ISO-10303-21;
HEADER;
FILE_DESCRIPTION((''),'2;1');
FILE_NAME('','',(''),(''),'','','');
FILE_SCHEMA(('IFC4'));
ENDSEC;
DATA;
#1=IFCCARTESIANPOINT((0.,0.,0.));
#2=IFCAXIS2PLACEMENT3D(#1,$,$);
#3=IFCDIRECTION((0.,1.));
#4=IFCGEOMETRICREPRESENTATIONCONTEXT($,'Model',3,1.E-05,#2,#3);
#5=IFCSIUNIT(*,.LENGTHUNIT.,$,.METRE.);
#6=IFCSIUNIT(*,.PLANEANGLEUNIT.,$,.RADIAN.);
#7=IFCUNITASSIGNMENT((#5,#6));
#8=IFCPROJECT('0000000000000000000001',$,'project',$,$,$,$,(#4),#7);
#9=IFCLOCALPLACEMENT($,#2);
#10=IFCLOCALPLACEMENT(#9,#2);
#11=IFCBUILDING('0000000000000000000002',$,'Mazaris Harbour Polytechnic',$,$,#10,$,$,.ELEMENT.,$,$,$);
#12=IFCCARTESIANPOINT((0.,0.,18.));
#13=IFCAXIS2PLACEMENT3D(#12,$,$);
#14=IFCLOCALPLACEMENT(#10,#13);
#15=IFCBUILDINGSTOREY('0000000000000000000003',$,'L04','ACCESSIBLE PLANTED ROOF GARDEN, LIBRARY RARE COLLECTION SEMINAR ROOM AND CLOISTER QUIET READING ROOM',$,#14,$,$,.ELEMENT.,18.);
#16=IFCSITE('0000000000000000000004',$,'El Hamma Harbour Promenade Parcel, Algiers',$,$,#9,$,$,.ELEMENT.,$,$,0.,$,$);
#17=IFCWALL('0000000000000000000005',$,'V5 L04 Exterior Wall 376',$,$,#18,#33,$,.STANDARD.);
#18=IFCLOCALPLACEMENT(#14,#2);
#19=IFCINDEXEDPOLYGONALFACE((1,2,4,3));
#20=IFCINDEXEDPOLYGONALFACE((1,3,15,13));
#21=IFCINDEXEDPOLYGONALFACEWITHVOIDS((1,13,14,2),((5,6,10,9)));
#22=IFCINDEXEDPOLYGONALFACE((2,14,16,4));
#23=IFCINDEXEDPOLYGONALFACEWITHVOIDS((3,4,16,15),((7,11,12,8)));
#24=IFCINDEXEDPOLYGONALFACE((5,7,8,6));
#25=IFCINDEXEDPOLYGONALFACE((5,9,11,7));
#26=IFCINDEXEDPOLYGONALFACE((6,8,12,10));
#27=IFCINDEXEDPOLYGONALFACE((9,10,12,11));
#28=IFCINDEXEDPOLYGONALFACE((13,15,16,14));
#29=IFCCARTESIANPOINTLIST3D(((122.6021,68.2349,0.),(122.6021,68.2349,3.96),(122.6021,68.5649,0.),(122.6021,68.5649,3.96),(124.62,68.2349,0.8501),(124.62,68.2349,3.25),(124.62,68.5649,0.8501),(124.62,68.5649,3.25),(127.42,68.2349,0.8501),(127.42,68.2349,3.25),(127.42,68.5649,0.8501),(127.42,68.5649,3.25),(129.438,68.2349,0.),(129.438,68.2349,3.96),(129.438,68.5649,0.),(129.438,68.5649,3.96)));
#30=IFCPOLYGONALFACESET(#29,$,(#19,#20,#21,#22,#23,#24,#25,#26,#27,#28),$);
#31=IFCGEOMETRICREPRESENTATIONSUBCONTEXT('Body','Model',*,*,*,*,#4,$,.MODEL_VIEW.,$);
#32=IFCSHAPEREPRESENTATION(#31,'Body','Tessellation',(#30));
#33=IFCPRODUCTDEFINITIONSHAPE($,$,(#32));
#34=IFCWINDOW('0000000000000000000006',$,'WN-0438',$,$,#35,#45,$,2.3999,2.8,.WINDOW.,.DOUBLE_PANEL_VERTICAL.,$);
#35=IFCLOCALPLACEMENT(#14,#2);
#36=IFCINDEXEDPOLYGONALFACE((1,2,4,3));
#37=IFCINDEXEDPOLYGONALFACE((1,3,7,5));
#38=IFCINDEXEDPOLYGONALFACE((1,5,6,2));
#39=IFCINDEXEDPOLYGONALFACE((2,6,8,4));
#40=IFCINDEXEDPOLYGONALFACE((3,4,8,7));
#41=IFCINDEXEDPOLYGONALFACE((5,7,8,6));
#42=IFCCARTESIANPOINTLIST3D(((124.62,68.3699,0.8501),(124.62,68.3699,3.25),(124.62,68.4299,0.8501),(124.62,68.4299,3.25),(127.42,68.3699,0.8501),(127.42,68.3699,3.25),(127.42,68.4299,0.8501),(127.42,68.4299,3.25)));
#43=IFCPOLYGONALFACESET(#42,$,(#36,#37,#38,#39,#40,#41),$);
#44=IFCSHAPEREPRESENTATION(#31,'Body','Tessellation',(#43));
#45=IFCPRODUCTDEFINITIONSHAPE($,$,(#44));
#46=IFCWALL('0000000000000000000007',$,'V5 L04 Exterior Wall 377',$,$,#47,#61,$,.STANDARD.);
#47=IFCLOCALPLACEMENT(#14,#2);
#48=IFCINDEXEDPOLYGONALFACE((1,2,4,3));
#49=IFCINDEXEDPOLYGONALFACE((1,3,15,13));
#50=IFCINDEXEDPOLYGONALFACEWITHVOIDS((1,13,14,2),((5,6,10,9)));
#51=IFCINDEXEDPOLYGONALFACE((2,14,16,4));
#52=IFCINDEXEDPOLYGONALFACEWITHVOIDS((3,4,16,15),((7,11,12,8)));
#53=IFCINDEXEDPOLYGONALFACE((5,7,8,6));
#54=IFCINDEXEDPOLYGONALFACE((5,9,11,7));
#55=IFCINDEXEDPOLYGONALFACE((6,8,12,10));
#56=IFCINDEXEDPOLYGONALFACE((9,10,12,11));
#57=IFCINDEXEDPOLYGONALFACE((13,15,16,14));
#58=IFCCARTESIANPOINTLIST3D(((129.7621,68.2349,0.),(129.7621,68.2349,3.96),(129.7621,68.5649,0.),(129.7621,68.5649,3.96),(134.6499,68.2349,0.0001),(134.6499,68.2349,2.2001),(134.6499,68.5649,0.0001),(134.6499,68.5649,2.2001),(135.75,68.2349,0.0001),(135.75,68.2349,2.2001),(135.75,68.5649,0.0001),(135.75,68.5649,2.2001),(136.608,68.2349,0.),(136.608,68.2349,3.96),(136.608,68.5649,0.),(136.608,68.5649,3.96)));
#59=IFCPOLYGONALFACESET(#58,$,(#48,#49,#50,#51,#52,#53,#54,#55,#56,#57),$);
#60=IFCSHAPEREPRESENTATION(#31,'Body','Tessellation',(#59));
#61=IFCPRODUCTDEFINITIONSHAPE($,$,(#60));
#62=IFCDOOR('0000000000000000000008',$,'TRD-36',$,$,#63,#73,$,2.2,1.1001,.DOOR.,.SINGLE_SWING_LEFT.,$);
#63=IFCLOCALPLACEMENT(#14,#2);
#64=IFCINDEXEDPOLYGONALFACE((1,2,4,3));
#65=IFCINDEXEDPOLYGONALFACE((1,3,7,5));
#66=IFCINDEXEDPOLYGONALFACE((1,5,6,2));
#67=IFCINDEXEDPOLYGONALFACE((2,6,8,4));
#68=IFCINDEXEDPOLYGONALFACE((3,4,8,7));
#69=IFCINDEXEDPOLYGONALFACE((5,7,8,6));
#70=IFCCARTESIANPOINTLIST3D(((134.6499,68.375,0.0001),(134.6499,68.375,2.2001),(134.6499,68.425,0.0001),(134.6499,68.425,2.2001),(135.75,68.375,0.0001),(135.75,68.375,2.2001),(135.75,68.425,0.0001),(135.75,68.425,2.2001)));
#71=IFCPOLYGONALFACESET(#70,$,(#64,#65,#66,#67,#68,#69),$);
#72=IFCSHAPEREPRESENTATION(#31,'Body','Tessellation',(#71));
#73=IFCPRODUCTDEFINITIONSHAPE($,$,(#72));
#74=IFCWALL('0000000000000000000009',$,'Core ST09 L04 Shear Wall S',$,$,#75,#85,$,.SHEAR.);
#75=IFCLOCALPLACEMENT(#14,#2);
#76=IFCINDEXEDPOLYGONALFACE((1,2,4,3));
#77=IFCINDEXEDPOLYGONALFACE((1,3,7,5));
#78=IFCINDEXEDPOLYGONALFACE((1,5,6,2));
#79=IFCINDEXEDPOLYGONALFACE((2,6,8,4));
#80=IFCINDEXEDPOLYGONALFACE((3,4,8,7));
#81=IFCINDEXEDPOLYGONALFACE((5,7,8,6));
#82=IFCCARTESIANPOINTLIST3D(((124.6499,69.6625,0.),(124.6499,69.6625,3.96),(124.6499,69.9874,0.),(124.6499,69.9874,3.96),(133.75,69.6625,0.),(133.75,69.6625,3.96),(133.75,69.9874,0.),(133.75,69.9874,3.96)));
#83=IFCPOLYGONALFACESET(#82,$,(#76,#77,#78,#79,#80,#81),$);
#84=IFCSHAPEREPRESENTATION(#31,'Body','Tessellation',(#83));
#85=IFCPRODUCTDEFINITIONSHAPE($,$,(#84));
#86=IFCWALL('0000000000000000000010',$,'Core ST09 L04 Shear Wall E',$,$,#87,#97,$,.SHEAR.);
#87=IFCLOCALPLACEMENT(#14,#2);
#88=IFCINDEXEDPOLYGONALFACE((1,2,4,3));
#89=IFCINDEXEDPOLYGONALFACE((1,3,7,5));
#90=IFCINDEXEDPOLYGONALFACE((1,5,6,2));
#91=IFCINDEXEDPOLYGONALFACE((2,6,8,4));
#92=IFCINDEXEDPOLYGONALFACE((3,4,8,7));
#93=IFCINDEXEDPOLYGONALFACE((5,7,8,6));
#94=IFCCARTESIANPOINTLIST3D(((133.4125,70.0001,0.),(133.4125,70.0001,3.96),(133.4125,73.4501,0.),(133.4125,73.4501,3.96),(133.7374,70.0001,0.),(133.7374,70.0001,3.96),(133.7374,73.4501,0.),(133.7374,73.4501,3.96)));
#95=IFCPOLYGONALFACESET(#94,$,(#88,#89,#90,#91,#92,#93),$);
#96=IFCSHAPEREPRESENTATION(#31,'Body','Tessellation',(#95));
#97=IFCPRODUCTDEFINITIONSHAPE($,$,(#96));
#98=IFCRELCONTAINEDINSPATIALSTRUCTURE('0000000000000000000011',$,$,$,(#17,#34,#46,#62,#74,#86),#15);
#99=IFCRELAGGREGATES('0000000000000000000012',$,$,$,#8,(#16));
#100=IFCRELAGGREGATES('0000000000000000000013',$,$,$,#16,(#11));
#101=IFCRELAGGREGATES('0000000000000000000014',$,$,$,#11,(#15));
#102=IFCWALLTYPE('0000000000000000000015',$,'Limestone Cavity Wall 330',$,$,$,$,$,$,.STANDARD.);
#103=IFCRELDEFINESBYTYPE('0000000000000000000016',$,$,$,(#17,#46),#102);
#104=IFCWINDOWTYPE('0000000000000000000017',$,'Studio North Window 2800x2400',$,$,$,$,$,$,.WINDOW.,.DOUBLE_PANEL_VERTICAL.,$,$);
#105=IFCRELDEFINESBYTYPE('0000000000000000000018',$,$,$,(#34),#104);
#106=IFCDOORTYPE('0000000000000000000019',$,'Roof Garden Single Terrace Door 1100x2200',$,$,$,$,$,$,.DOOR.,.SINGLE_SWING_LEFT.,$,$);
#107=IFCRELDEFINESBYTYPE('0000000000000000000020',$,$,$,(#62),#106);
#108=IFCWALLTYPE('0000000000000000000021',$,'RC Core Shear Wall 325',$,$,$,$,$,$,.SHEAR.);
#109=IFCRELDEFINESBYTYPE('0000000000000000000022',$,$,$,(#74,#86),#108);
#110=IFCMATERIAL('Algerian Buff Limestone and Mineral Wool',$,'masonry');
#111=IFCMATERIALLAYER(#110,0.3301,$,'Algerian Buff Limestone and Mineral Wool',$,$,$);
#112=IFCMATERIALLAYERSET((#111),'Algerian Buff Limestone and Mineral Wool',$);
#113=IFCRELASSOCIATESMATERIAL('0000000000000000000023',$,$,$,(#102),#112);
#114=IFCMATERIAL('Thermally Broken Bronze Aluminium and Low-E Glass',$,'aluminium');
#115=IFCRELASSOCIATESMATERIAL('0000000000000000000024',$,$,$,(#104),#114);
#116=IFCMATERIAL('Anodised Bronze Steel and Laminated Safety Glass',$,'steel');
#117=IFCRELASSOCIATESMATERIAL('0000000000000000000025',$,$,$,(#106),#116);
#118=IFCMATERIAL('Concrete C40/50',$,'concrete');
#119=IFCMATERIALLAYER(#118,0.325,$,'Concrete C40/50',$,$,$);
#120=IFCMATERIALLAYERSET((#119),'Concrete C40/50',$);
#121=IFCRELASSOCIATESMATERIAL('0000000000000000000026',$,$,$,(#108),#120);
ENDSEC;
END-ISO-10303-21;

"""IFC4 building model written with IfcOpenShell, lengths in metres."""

from ifc_helpers import new_model, si_unit, direction, frame, frame_2d, origin, place, context, subcontext, project, spatial, rectangle, extrude, material, layer, layer_set, type_object, element, fill, save


model = new_model("IFC4")

# Units and contexts
model_context = context("Model", 3, precision=1e-05, world=origin(), true_north=direction((0.0, 1.0)))
body_context = subcontext(model_context, "Body", "Model", "MODEL_VIEW")
ifc_project = project(units=[si_unit("LENGTHUNIT", "METRE"), si_unit("PLANEANGLEUNIT", "RADIAN")], contexts=[model_context])

# Site, building, storey
site_placement = place(None, origin())
site = spatial("IfcSite", under=ifc_project, at=site_placement, Name="El Hamma Harbour Promenade Parcel, Algiers", CompositionType="ELEMENT", RefElevation=0.0)
building_placement = place(site_placement, origin())
building = spatial("IfcBuilding", under=site, at=building_placement, Name="Mazaris Harbour Polytechnic", CompositionType="ELEMENT")
storey_placement = place(building_placement, frame((0.0, 0.0, 18.0)))
storey = spatial("IfcBuildingStorey", under=building, at=storey_placement, Name="L04", Description="ACCESSIBLE PLANTED ROOF GARDEN, LIBRARY RARE COLLECTION SEMINAR ROOM AND CLOISTER QUIET READING ROOM", CompositionType="ELEMENT", Elevation=18.0)

# Wall, opening, window
ifc_material_1 = material(Name="Algerian Buff Limestone and Mineral Wool", Category="masonry")
ifc_layer_1 = layer(ifc_material_1, 0.3301, Name="Algerian Buff Limestone and Mineral Wool")
ifc_layer_set_1 = layer_set([ifc_layer_1], Name="Algerian Buff Limestone and Mineral Wool")
wall_type_1 = type_object("IfcWallType", Name="Limestone Cavity Wall 330", PredefinedType="STANDARD", material=ifc_layer_set_1)
wall_1_placement = place(storey_placement, frame((129.438, 68.3999, 0.0), z_axis=(0.0, 0.0, 1.0), x_axis=(-1.0, 0.0, 0.0)))
wall_1 = element("IfcWall", 1, at=wall_1_placement, inside=storey, type_object=wall_type_1, Name="V5 L04 Exterior Wall 376", PredefinedType="STANDARD", context=body_context, shape_type="SweptSolid", body=[
    extrude(rectangle(XDim=6.8359, YDim=0.3301, at=frame_2d((3.418, 0.0))), origin(), (0.0, 0.0, 1.0), 3.96),
])
opening_1_placement = place(wall_1_placement, frame((2.0181, 0.0, 0.8501)))
opening_1 = element("IfcOpeningElement", 2, at=opening_1_placement, cuts=wall_1, PredefinedType="OPENING", context=body_context, shape_type="SweptSolid", body=[
    extrude(rectangle(XDim=2.8, YDim=2.3999, at=frame_2d((1.3999, 1.2))), frame((0.0, 0.175, 0.0), z_axis=(0.0, -1.0, 0.0), x_axis=(1.0, 0.0, 0.0)), (0.0, 0.0, 1.0), 0.3501),
])
ifc_material_2 = material(Name="Thermally Broken Bronze Aluminium and Low-E Glass", Category="aluminium")
window_type = type_object("IfcWindowType", Name="Studio North Window 2800x2400", PartitioningType="DOUBLE_PANEL_VERTICAL", PredefinedType="WINDOW", material=ifc_material_2)
window_placement = place(opening_1_placement, origin())
window = element("IfcWindow", 3, at=window_placement, inside=storey, type_object=window_type, Name="WN-0438", OverallHeight=2.3999, OverallWidth=2.8, PartitioningType="DOUBLE_PANEL_VERTICAL", PredefinedType="WINDOW", context=body_context, shape_type="SweptSolid", body=[
    extrude(rectangle(XDim=2.8, YDim=2.3999, at=frame_2d((1.3999, 1.2))), frame((0.0, 0.03, 0.0), z_axis=(0.0, -1.0, 0.0), x_axis=(1.0, 0.0, 0.0)), (0.0, 0.0, 1.0), 0.0601),
])
fill(opening_1, window)

# Wall, opening, door
wall_2_placement = place(storey_placement, frame((136.6079, 68.3999, 0.0), z_axis=(0.0, 0.0, 1.0), x_axis=(-1.0, 0.0, 0.0)))
wall_2 = element("IfcWall", 4, at=wall_2_placement, inside=storey, type_object=wall_type_1, Name="V5 L04 Exterior Wall 377", PredefinedType="STANDARD", context=body_context, shape_type="SweptSolid", body=[
    extrude(rectangle(XDim=6.8459, YDim=0.3301, at=frame_2d((3.4229, 0.0))), origin(), (0.0, 0.0, 1.0), 3.96),
])
opening_2_placement = place(wall_2_placement, frame((0.8579, 0.0, 0.0)))
opening_2 = element("IfcOpeningElement", 5, at=opening_2_placement, cuts=wall_2, PredefinedType="OPENING", context=body_context, shape_type="SweptSolid", body=[
    extrude(rectangle(XDim=1.1001, YDim=2.2, at=frame_2d((0.55, 1.1001))), frame((0.0, 0.175, 0.0), z_axis=(0.0, -1.0, 0.0), x_axis=(1.0, 0.0, 0.0)), (0.0, 0.0, 1.0), 0.3501),
])
ifc_material_3 = material(Name="Anodised Bronze Steel and Laminated Safety Glass", Category="steel")
door_type = type_object("IfcDoorType", Name="Roof Garden Single Terrace Door 1100x2200", OperationType="SINGLE_SWING_LEFT", PredefinedType="DOOR", material=ifc_material_3)
door_placement = place(opening_2_placement, origin())
door = element("IfcDoor", 6, at=door_placement, inside=storey, type_object=door_type, Name="TRD-36", OperationType="SINGLE_SWING_LEFT", OverallHeight=2.2, OverallWidth=1.1001, PredefinedType="DOOR", context=body_context, shape_type="SweptSolid", body=[
    extrude(rectangle(XDim=1.1001, YDim=2.2, at=frame_2d((0.55, 1.1001))), frame((0.0, 0.0249, 0.0), z_axis=(0.0, -1.0, 0.0), x_axis=(1.0, 0.0, 0.0)), (0.0, 0.0, 1.0), 0.05),
])
fill(opening_2, door)

# Walls
ifc_material_4 = material(Name="Concrete C40/50", Category="concrete")
ifc_layer_2 = layer(ifc_material_4, 0.325, Name="Concrete C40/50")
ifc_layer_set_2 = layer_set([ifc_layer_2], Name="Concrete C40/50")
wall_type_2 = type_object("IfcWallType", Name="RC Core Shear Wall 325", PredefinedType="SHEAR", material=ifc_layer_set_2)
wall_3_placement = place(storey_placement, frame((124.6499, 69.825, 0.0), z_axis=(0.0, 0.0, 1.0), x_axis=(1.0, 0.0, 0.0)))
element("IfcWall", 7, at=wall_3_placement, inside=storey, type_object=wall_type_2, Name="Core ST09 L04 Shear Wall S", PredefinedType="SHEAR", context=body_context, shape_type="SweptSolid", body=[
    extrude(rectangle(XDim=9.1001, YDim=0.325, at=frame_2d((4.55, 0.0))), origin(), (0.0, 0.0, 1.0), 3.96),
])
wall_4_placement = place(storey_placement, frame((133.575, 70.0, 0.0), z_axis=(0.0, 0.0, 1.0), x_axis=(0.0, 1.0, 0.0)))
element("IfcWall", 8, at=wall_4_placement, inside=storey, type_object=wall_type_2, Name="Core ST09 L04 Shear Wall E", PredefinedType="SHEAR", context=body_context, shape_type="SweptSolid", body=[
    extrude(rectangle(XDim=3.45, YDim=0.325, at=frame_2d((1.7251, 0.0))), origin(), (0.0, 0.0, 1.0), 3.96),
])

save(model, "model.ifc")
